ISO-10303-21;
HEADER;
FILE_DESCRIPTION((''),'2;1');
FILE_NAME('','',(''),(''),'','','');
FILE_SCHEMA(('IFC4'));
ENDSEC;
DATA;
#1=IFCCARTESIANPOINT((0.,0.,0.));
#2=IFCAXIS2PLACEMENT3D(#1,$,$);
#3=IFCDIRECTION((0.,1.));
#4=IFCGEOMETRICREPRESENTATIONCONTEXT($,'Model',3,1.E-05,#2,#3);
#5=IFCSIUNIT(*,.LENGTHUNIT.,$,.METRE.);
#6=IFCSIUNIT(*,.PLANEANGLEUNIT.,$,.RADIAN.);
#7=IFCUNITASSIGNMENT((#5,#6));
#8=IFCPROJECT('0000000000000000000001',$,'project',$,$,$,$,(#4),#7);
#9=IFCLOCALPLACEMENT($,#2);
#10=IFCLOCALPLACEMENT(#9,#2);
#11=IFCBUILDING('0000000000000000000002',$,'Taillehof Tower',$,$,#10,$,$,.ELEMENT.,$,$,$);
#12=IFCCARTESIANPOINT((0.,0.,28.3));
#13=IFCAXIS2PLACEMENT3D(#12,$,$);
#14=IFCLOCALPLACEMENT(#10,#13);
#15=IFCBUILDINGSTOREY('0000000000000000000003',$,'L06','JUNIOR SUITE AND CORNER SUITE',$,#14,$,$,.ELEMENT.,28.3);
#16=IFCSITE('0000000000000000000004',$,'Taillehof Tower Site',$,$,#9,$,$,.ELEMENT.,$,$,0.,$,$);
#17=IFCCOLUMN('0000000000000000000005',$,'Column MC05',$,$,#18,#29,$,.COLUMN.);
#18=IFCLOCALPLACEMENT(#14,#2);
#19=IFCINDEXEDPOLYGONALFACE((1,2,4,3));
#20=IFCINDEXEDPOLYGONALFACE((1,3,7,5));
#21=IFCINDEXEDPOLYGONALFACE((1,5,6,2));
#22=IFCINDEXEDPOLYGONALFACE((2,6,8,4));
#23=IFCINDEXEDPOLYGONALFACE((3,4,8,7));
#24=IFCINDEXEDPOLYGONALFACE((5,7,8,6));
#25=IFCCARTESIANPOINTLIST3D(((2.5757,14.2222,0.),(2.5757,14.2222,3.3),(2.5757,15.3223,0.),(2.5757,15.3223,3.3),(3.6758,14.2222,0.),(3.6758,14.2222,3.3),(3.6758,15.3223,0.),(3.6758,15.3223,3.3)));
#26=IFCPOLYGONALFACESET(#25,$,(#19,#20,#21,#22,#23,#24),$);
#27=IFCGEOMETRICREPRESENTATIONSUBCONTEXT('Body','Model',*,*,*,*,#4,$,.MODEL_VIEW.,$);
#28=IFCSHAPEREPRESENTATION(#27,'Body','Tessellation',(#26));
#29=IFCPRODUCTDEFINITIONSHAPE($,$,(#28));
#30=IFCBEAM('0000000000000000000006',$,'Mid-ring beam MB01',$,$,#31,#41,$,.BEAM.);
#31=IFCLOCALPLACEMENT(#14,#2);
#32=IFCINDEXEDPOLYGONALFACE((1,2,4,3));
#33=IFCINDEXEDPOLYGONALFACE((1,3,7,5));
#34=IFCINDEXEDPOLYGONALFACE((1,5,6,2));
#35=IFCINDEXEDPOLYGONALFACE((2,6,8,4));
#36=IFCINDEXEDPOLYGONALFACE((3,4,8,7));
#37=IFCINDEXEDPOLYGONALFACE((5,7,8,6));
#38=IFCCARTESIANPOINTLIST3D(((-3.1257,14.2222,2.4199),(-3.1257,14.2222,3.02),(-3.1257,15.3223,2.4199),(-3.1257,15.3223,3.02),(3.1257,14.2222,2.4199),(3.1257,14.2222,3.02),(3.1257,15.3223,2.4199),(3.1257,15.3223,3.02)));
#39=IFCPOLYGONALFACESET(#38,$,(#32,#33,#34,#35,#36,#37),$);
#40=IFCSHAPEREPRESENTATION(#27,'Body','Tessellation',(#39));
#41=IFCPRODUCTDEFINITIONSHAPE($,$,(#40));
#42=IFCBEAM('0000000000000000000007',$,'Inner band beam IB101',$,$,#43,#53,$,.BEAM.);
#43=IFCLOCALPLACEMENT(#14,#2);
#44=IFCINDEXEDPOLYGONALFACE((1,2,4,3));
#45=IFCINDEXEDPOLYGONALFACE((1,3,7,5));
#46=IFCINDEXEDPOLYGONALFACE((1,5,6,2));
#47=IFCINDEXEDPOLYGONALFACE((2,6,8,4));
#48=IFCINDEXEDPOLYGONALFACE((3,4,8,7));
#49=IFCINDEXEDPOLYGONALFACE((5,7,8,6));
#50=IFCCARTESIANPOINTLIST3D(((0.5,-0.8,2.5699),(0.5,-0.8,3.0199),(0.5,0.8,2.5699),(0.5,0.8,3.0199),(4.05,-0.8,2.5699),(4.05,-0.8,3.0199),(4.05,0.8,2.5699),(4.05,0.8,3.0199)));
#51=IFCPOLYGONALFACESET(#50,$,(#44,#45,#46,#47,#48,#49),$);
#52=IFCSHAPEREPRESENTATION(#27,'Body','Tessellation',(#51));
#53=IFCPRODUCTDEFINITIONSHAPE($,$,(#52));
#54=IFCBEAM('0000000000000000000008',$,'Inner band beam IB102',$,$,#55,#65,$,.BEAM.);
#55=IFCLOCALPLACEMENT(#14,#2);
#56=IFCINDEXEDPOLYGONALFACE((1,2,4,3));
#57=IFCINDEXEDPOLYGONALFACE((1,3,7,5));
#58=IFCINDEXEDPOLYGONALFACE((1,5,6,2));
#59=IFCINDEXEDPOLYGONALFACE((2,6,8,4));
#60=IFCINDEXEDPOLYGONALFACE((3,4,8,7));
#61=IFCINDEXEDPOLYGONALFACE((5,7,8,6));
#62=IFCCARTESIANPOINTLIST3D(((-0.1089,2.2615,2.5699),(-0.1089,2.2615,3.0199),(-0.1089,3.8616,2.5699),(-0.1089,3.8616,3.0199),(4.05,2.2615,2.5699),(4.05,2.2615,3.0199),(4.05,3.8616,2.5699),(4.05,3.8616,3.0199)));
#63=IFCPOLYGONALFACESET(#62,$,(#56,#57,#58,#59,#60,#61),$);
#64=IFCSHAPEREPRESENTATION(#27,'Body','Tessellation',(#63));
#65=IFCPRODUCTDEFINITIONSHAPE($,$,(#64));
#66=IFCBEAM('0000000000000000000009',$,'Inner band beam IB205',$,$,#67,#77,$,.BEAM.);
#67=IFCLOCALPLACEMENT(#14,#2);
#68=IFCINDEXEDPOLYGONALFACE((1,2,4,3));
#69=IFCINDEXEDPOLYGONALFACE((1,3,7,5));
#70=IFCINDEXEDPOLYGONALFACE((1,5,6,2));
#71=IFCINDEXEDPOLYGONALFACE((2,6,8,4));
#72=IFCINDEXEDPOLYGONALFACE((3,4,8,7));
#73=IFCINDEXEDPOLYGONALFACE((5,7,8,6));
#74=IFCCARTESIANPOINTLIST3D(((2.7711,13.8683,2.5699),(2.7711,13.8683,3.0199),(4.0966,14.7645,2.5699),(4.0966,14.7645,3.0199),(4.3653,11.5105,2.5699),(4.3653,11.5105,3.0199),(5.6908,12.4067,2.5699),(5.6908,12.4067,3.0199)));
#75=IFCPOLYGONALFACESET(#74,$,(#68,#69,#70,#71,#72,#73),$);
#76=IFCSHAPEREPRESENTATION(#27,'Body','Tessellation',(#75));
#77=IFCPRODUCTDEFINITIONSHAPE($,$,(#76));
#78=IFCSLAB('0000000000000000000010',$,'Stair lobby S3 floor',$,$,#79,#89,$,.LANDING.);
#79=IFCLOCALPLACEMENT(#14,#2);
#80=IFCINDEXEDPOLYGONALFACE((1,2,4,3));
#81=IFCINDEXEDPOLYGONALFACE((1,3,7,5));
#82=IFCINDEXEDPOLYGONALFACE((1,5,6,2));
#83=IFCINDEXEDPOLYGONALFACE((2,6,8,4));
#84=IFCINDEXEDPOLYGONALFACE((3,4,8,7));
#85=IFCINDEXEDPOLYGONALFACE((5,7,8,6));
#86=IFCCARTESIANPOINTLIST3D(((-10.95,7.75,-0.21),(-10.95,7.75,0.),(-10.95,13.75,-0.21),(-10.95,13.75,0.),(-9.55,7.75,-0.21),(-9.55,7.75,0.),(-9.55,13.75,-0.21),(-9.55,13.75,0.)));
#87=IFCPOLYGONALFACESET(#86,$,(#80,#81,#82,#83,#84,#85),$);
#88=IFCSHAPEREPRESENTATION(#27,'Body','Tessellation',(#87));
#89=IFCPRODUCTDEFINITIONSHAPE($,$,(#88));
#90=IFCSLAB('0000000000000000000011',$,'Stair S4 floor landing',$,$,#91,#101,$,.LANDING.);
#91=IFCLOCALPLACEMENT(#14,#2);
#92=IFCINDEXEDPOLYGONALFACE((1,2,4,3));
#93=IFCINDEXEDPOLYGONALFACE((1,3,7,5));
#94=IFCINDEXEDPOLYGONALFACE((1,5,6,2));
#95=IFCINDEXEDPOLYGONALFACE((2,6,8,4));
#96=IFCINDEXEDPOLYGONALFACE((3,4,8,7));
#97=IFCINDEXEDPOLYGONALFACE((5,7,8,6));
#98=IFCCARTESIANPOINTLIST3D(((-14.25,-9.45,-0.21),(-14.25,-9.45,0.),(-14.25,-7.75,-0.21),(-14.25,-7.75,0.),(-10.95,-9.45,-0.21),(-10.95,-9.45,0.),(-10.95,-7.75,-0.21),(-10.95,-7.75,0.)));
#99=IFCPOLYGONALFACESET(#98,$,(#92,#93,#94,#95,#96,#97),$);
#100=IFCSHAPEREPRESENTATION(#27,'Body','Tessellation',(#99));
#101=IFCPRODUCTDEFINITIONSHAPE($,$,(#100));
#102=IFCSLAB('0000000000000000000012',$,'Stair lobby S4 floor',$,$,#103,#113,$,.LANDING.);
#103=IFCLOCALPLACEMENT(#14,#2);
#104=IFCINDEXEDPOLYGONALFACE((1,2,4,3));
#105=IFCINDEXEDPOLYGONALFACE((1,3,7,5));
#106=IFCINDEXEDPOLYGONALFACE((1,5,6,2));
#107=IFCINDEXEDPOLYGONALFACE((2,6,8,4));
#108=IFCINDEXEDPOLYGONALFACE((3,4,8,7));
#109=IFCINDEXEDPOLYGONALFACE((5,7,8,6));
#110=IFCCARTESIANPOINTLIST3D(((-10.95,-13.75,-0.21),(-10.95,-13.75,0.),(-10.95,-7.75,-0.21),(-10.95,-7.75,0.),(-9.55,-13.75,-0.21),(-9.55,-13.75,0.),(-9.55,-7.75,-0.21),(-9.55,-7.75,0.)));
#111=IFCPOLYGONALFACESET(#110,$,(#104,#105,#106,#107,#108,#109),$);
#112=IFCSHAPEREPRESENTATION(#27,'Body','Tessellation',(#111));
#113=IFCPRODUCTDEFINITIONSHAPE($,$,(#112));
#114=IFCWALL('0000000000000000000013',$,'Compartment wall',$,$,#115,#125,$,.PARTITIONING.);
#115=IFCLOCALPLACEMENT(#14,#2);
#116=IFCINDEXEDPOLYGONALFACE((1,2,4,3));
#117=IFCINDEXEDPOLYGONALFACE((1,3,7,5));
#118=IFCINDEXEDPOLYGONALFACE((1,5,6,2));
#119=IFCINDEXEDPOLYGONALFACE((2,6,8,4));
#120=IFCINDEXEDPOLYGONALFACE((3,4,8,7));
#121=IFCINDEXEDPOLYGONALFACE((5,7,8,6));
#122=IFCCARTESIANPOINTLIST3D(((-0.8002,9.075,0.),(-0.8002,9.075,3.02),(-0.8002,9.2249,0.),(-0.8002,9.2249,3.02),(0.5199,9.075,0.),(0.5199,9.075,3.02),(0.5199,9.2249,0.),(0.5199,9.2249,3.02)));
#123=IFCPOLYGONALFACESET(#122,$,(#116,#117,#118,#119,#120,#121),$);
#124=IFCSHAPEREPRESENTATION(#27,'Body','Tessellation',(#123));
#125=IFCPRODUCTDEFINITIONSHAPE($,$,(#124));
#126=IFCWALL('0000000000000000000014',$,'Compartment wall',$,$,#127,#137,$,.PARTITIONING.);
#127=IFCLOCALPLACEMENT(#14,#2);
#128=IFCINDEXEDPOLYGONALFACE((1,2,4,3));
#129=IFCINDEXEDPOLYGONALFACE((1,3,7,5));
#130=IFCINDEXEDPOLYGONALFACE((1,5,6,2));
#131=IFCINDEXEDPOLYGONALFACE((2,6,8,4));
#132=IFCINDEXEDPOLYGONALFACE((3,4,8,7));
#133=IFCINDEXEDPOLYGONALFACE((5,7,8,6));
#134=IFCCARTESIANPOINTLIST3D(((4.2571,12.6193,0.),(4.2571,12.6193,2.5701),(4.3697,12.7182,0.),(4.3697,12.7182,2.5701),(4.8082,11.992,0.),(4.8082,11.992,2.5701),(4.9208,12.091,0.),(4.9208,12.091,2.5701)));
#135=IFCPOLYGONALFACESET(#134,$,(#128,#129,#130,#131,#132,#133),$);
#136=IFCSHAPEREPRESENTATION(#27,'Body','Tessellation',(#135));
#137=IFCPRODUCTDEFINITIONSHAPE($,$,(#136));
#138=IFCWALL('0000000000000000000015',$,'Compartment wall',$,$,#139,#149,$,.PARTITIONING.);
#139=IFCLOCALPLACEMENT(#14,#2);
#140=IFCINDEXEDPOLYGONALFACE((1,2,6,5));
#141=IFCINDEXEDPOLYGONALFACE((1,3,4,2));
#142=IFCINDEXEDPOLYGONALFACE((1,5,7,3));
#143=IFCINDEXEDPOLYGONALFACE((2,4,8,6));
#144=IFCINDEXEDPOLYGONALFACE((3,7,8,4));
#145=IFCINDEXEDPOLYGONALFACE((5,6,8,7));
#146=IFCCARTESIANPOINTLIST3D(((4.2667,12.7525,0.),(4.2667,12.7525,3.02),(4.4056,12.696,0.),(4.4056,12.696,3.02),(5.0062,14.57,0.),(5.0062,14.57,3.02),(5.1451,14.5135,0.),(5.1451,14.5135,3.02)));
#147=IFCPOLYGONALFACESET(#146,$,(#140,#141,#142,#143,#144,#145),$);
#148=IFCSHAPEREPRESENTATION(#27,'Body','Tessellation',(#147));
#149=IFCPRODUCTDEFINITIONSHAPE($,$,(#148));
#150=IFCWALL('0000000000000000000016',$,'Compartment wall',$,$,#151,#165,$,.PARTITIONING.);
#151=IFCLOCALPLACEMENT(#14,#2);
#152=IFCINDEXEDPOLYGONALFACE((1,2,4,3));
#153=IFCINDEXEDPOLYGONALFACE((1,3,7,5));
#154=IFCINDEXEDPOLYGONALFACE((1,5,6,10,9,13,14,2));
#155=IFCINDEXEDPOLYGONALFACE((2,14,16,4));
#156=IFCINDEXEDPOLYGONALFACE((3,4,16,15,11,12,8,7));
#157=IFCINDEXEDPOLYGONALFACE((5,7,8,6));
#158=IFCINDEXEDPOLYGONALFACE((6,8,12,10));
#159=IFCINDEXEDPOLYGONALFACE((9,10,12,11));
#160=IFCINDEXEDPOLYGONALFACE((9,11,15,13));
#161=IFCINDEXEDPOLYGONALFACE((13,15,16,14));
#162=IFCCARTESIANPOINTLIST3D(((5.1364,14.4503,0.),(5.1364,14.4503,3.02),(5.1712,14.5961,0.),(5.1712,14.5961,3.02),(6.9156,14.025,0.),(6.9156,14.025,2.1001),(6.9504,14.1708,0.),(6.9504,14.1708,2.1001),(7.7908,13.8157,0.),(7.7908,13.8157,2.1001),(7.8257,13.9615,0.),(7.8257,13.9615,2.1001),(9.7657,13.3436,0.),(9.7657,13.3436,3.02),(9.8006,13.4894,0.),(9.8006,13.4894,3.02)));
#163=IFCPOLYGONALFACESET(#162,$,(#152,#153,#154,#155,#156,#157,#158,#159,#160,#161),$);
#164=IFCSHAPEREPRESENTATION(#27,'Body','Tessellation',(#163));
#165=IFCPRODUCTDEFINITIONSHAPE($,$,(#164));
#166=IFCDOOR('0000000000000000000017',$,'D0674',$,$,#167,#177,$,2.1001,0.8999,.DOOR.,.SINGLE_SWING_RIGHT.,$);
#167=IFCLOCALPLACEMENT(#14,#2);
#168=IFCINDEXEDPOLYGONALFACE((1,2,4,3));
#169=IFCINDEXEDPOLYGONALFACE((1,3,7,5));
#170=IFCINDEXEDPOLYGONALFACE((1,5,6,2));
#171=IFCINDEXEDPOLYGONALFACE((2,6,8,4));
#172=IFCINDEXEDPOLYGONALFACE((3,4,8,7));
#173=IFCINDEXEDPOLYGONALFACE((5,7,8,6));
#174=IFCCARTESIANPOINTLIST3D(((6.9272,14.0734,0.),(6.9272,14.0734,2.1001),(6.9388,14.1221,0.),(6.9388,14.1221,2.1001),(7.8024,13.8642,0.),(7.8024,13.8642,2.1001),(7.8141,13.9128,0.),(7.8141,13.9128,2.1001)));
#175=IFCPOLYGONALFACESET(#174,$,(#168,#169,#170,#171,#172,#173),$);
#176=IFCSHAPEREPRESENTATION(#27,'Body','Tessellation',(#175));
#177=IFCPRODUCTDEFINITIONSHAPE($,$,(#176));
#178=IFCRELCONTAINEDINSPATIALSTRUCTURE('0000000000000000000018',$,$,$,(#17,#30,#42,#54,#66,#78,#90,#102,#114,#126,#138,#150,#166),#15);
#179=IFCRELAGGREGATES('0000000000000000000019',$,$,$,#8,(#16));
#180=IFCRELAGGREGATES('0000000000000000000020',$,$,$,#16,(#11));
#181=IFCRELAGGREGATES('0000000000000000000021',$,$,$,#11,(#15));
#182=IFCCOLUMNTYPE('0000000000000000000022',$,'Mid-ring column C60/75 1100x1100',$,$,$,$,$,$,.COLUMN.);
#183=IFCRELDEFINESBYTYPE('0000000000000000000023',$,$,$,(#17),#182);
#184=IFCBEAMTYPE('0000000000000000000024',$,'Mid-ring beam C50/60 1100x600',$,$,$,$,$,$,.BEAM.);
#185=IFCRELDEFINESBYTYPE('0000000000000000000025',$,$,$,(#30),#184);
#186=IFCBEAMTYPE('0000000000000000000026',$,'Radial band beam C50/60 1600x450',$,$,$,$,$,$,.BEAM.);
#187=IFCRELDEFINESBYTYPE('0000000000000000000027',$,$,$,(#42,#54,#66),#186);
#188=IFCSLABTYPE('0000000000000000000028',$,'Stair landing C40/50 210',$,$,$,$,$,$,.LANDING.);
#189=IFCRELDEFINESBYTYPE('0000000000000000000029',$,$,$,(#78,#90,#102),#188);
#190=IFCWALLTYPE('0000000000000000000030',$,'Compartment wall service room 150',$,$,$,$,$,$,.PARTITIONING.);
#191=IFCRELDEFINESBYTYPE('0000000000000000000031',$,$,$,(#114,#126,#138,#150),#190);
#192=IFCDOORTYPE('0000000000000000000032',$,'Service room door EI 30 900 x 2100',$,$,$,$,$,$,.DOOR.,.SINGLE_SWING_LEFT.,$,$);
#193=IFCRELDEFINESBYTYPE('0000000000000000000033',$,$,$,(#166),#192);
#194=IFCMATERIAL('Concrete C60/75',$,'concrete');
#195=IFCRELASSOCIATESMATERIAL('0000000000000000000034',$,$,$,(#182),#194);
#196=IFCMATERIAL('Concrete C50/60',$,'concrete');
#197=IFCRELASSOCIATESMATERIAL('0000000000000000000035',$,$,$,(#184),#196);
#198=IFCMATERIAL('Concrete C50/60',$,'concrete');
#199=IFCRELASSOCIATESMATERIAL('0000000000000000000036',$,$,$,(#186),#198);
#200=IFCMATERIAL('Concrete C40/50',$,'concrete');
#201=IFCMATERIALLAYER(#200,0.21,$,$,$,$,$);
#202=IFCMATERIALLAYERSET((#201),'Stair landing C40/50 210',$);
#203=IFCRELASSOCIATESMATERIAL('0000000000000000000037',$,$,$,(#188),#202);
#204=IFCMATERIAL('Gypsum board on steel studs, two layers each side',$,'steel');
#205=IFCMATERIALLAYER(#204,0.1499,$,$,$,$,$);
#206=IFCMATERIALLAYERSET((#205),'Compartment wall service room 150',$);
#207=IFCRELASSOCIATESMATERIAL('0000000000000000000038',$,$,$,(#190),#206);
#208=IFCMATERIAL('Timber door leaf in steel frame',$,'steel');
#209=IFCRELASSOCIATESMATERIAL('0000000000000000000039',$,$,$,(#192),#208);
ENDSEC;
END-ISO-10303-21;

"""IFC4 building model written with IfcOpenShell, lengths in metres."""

from ifc_helpers import new_model, si_unit, direction, frame, frame_2d, origin, origin_2d, place, context, subcontext, project, spatial, polyline, rectangle, outline, extrude, material, layer, layer_set, material_profile, profile_set, type_object, element, fill, save


model = new_model("IFC4")

# Units and contexts
model_context = context("Model", 3, precision=1e-05, world=origin(), true_north=direction((0.0, 1.0)))
body_context = subcontext(model_context, "Body", "Model", "MODEL_VIEW")
ifc_project = project(units=[si_unit("LENGTHUNIT", "METRE"), si_unit("PLANEANGLEUNIT", "RADIAN")], contexts=[model_context])

# Site, building, storey
site_placement = place(None, origin())
site = spatial("IfcSite", under=ifc_project, at=site_placement, Name="Taillehof Tower Site", CompositionType="ELEMENT", RefElevation=0.0)
building_placement = place(site_placement, origin())
building = spatial("IfcBuilding", under=site, at=building_placement, Name="Taillehof Tower", CompositionType="ELEMENT")
storey_placement = place(building_placement, frame((0.0, 0.0, 28.3)))
storey = spatial("IfcBuildingStorey", under=building, at=storey_placement, Name="L06", Description="JUNIOR SUITE AND CORNER SUITE", CompositionType="ELEMENT", Elevation=28.3)

# Column
ifc_material_1 = material(Name="Concrete C60/75", Category="concrete")
ifc_material_profile_1 = material_profile(ifc_material_1, rectangle(XDim=1.1001, YDim=1.1001, at=origin_2d()), Name="RC 1100x1100")
ifc_profile_set_1 = profile_set([ifc_material_profile_1], Name="Concrete C60/75")
column_type = type_object("IfcColumnType", Name="Mid-ring column C60/75 1100x1100", PredefinedType="COLUMN", material=ifc_profile_set_1)
column_placement = place(storey_placement, frame((3.1257, 14.7722, 0.0), z_axis=(0.0, 0.0, 1.0), x_axis=(1.0, 0.0, 0.0)))
element("IfcColumn", 1, at=column_placement, inside=storey, type_object=column_type, Name="Column MC05", PredefinedType="COLUMN", context=body_context, shape_type="SweptSolid", body=[
    extrude(rectangle(XDim=1.1001, YDim=1.1001, at=origin_2d()), origin(), (0.0, 0.0, 1.0), 3.3),
])

# Beams
ifc_material_2 = material(Name="Concrete C50/60", Category="concrete")
ifc_material_profile_2 = material_profile(ifc_material_2, rectangle(XDim=1.1001, YDim=0.6001, at=origin_2d()), Name="RC 1100x600")
ifc_profile_set_2 = profile_set([ifc_material_profile_2], Name="Concrete C50/60")
beam_type_1 = type_object("IfcBeamType", Name="Mid-ring beam C50/60 1100x600", PredefinedType="BEAM", material=ifc_profile_set_2)
beam_1_placement = place(storey_placement, frame((3.1257, 14.7722, 2.72), z_axis=(-1.0, 0.0, 0.0), x_axis=(0.0, -1.0, 0.0)))
element("IfcBeam", 2, at=beam_1_placement, inside=storey, type_object=beam_type_1, Name="Mid-ring beam MB01", PredefinedType="BEAM", context=body_context, shape_type="SweptSolid", body=[
    extrude(rectangle(XDim=1.1001, YDim=0.6001, at=origin_2d()), origin(), (0.0, 0.0, 1.0), 6.2515),
])
ifc_material_3 = material(Name="Concrete C50/60", Category="concrete")
ifc_material_profile_3 = material_profile(ifc_material_3, rectangle(XDim=1.6001, YDim=0.45, at=origin_2d()), Name="RC 1600x450")
ifc_profile_set_3 = profile_set([ifc_material_profile_3], Name="Concrete C50/60")
beam_type_2 = type_object("IfcBeamType", Name="Radial band beam C50/60 1600x450", PredefinedType="BEAM", material=ifc_profile_set_3)
beam_2_placement = place(storey_placement, frame((0.5, 0.0, 2.7949), z_axis=(1.0, 0.0, 0.0), x_axis=(0.0, 1.0, 0.0)))
element("IfcBeam", 3, at=beam_2_placement, inside=storey, type_object=beam_type_2, Name="Inner band beam IB101", PredefinedType="BEAM", context=body_context, shape_type="SweptSolid", body=[
    extrude(rectangle(XDim=1.6001, YDim=0.45, at=origin_2d()), origin(), (0.0, 0.0, 1.0), 3.55),
])
beam_3_placement = place(storey_placement, frame((-0.1089, 3.0615, 2.7949), z_axis=(1.0, 0.0, 0.0), x_axis=(0.0, 1.0, 0.0)))
element("IfcBeam", 4, at=beam_3_placement, inside=storey, type_object=beam_type_2, Name="Inner band beam IB102", PredefinedType="BEAM", context=body_context, shape_type="SweptSolid", body=[
    extrude(rectangle(XDim=1.6001, YDim=0.45, at=origin_2d()), origin(), (0.0, 0.0, 1.0), 4.1589),
])
beam_4_placement = place(storey_placement, frame((3.4338, 14.3164, 2.7949), z_axis=(0.560112, -0.828417, 0.0), x_axis=(0.828417, 0.560112, 0.0)))
element("IfcBeam", 5, at=beam_4_placement, inside=storey, type_object=beam_type_2, Name="Inner band beam IB205", PredefinedType="BEAM", context=body_context, shape_type="SweptSolid", body=[
    extrude(rectangle(XDim=1.6001, YDim=0.45, at=origin_2d()), origin(), (0.0, 0.0, 1.0), 2.8462),
])

# Slabs
ifc_material_4 = material(Name="Concrete C40/50", Category="concrete")
ifc_layer_1 = layer(ifc_material_4, 0.21)
ifc_layer_set_1 = layer_set([ifc_layer_1], Name="Stair landing C40/50 210")
slab_type = type_object("IfcSlabType", Name="Stair landing C40/50 210", PredefinedType="LANDING", material=ifc_layer_set_1)
slab_1_placement = place(storey_placement, frame((0.0, 0.0, -0.21)))
element("IfcSlab", 6, at=slab_1_placement, inside=storey, type_object=slab_type, Name="Stair lobby S3 floor", PredefinedType="LANDING", context=body_context, shape_type="SweptSolid", body=[
    extrude(outline(polyline([(-10.95, 7.75), (-9.55, 7.75), (-9.55, 13.75), (-10.95, 13.75), (-10.95, 7.75)])), origin(), (0.0, 0.0, 1.0), 0.21),
])
slab_2_placement = place(storey_placement, frame((0.0, 0.0, -0.21)))
element("IfcSlab", 7, at=slab_2_placement, inside=storey, type_object=slab_type, Name="Stair S4 floor landing", PredefinedType="LANDING", context=body_context, shape_type="SweptSolid", body=[
    extrude(outline(polyline([(-14.25, -7.75), (-14.25, -9.45), (-10.95, -9.45), (-10.95, -7.75), (-14.25, -7.75)])), origin(), (0.0, 0.0, 1.0), 0.21),
])
slab_3_placement = place(storey_placement, frame((0.0, 0.0, -0.21)))
element("IfcSlab", 8, at=slab_3_placement, inside=storey, type_object=slab_type, Name="Stair lobby S4 floor", PredefinedType="LANDING", context=body_context, shape_type="SweptSolid", body=[
    extrude(outline(polyline([(-10.95, -13.75), (-9.55, -13.75), (-9.55, -7.75), (-10.95, -7.75), (-10.95, -13.75)])), origin(), (0.0, 0.0, 1.0), 0.21),
])

# Walls
ifc_material_5 = material(Name="Gypsum board on steel studs, two layers each side", Category="steel")
ifc_layer_2 = layer(ifc_material_5, 0.1499)
ifc_layer_set_2 = layer_set([ifc_layer_2], Name="Compartment wall service room 150")
wall_type_1 = type_object("IfcWallType", Name="Compartment wall service room 150", PredefinedType="PARTITIONING", material=ifc_layer_set_2)
wall_1_placement = place(storey_placement, frame((0.52, 9.1499, 0.0), z_axis=(0.0, 0.0, 1.0), x_axis=(-1.0, 0.0, 0.0)))
element("IfcWall", 9, at=wall_1_placement, inside=storey, type_object=wall_type_1, Name="Compartment wall", PredefinedType="PARTITIONING", context=body_context, shape_type="SweptSolid", body=[
    extrude(rectangle(XDim=1.3201, YDim=0.1499, at=frame_2d((0.6602, 0.0))), origin(), (0.0, 0.0, 1.0), 3.02),
])
wall_2_placement = place(storey_placement, frame((4.8645, 12.0415, 0.0), z_axis=(0.0, 0.0, 1.0), x_axis=(-0.660015, 0.751253, 0.0)))
element("IfcWall", 10, at=wall_2_placement, inside=storey, type_object=wall_type_1, Name="Compartment wall", PredefinedType="PARTITIONING", context=body_context, shape_type="SweptSolid", body=[
    extrude(rectangle(XDim=0.835, YDim=0.1499, at=frame_2d((0.4175, 0.0))), origin(), (0.0, 0.0, 1.0), 2.5701),
])
wall_3_placement = place(storey_placement, frame((4.3362, 12.7244, 0.0), z_axis=(0.0, 0.0, 1.0), x_axis=(0.376898, 0.926255, 0.0)))
element("IfcWall", 11, at=wall_3_placement, inside=storey, type_object=wall_type_1, Name="Compartment wall", PredefinedType="PARTITIONING", context=body_context, shape_type="SweptSolid", body=[
    extrude(rectangle(XDim=1.9622, YDim=0.1499, at=frame_2d((0.981, 0.0))), origin(), (0.0, 0.0, 1.0), 3.02),
])

# Wall, opening, door
wall_4_placement = place(storey_placement, frame((5.1538, 14.5232, 0.0), z_axis=(0.0, 0.0, 1.0), x_axis=(0.972595, -0.232506, 0.0)))
wall_4 = element("IfcWall", 12, at=wall_4_placement, inside=storey, type_object=wall_type_1, Name="Compartment wall", PredefinedType="PARTITIONING", context=body_context, shape_type="SweptSolid", body=[
    extrude(rectangle(XDim=4.7598, YDim=0.1499, at=frame_2d((2.3799, 0.0))), origin(), (0.0, 0.0, 1.0), 3.02),
])
opening_1_placement = place(wall_4_placement, frame((1.8293, 0.0, 0.0)))
opening_1 = element("IfcOpeningElement", 13, at=opening_1_placement, cuts=wall_4, PredefinedType="OPENING", context=body_context, shape_type="SweptSolid", body=[
    extrude(rectangle(XDim=0.8999, YDim=2.1001, at=frame_2d((0.45, 1.05))), frame((0.0, 0.085, 0.0), z_axis=(0.0, -1.0, 0.0), x_axis=(1.0, 0.0, 0.0)), (0.0, 0.0, 1.0), 0.1699),
])
ifc_material_6 = material(Name="Timber door leaf in steel frame", Category="steel")
door_type_1 = type_object("IfcDoorType", Name="Service room door EI 30 900 x 2100", OperationType="SINGLE_SWING_LEFT", PredefinedType="DOOR", material=ifc_material_6)
door_1_placement = place(opening_1_placement, origin())
door_1 = element("IfcDoor", 14, at=door_1_placement, inside=storey, type_object=door_type_1, Name="D0674", OperationType="SINGLE_SWING_RIGHT", OverallHeight=2.1001, OverallWidth=0.8999, PredefinedType="DOOR", context=body_context, shape_type="SweptSolid", body=[
    extrude(rectangle(XDim=0.8999, YDim=2.1001, at=frame_2d((0.45, 1.05))), frame((0.0, 0.0249, 0.0), z_axis=(0.0, -1.0, 0.0), x_axis=(1.0, 0.0, 0.0)), (0.0, 0.0, 1.0), 0.05),
])
fill(opening_1, door_1)

save(model, "model.ifc")
